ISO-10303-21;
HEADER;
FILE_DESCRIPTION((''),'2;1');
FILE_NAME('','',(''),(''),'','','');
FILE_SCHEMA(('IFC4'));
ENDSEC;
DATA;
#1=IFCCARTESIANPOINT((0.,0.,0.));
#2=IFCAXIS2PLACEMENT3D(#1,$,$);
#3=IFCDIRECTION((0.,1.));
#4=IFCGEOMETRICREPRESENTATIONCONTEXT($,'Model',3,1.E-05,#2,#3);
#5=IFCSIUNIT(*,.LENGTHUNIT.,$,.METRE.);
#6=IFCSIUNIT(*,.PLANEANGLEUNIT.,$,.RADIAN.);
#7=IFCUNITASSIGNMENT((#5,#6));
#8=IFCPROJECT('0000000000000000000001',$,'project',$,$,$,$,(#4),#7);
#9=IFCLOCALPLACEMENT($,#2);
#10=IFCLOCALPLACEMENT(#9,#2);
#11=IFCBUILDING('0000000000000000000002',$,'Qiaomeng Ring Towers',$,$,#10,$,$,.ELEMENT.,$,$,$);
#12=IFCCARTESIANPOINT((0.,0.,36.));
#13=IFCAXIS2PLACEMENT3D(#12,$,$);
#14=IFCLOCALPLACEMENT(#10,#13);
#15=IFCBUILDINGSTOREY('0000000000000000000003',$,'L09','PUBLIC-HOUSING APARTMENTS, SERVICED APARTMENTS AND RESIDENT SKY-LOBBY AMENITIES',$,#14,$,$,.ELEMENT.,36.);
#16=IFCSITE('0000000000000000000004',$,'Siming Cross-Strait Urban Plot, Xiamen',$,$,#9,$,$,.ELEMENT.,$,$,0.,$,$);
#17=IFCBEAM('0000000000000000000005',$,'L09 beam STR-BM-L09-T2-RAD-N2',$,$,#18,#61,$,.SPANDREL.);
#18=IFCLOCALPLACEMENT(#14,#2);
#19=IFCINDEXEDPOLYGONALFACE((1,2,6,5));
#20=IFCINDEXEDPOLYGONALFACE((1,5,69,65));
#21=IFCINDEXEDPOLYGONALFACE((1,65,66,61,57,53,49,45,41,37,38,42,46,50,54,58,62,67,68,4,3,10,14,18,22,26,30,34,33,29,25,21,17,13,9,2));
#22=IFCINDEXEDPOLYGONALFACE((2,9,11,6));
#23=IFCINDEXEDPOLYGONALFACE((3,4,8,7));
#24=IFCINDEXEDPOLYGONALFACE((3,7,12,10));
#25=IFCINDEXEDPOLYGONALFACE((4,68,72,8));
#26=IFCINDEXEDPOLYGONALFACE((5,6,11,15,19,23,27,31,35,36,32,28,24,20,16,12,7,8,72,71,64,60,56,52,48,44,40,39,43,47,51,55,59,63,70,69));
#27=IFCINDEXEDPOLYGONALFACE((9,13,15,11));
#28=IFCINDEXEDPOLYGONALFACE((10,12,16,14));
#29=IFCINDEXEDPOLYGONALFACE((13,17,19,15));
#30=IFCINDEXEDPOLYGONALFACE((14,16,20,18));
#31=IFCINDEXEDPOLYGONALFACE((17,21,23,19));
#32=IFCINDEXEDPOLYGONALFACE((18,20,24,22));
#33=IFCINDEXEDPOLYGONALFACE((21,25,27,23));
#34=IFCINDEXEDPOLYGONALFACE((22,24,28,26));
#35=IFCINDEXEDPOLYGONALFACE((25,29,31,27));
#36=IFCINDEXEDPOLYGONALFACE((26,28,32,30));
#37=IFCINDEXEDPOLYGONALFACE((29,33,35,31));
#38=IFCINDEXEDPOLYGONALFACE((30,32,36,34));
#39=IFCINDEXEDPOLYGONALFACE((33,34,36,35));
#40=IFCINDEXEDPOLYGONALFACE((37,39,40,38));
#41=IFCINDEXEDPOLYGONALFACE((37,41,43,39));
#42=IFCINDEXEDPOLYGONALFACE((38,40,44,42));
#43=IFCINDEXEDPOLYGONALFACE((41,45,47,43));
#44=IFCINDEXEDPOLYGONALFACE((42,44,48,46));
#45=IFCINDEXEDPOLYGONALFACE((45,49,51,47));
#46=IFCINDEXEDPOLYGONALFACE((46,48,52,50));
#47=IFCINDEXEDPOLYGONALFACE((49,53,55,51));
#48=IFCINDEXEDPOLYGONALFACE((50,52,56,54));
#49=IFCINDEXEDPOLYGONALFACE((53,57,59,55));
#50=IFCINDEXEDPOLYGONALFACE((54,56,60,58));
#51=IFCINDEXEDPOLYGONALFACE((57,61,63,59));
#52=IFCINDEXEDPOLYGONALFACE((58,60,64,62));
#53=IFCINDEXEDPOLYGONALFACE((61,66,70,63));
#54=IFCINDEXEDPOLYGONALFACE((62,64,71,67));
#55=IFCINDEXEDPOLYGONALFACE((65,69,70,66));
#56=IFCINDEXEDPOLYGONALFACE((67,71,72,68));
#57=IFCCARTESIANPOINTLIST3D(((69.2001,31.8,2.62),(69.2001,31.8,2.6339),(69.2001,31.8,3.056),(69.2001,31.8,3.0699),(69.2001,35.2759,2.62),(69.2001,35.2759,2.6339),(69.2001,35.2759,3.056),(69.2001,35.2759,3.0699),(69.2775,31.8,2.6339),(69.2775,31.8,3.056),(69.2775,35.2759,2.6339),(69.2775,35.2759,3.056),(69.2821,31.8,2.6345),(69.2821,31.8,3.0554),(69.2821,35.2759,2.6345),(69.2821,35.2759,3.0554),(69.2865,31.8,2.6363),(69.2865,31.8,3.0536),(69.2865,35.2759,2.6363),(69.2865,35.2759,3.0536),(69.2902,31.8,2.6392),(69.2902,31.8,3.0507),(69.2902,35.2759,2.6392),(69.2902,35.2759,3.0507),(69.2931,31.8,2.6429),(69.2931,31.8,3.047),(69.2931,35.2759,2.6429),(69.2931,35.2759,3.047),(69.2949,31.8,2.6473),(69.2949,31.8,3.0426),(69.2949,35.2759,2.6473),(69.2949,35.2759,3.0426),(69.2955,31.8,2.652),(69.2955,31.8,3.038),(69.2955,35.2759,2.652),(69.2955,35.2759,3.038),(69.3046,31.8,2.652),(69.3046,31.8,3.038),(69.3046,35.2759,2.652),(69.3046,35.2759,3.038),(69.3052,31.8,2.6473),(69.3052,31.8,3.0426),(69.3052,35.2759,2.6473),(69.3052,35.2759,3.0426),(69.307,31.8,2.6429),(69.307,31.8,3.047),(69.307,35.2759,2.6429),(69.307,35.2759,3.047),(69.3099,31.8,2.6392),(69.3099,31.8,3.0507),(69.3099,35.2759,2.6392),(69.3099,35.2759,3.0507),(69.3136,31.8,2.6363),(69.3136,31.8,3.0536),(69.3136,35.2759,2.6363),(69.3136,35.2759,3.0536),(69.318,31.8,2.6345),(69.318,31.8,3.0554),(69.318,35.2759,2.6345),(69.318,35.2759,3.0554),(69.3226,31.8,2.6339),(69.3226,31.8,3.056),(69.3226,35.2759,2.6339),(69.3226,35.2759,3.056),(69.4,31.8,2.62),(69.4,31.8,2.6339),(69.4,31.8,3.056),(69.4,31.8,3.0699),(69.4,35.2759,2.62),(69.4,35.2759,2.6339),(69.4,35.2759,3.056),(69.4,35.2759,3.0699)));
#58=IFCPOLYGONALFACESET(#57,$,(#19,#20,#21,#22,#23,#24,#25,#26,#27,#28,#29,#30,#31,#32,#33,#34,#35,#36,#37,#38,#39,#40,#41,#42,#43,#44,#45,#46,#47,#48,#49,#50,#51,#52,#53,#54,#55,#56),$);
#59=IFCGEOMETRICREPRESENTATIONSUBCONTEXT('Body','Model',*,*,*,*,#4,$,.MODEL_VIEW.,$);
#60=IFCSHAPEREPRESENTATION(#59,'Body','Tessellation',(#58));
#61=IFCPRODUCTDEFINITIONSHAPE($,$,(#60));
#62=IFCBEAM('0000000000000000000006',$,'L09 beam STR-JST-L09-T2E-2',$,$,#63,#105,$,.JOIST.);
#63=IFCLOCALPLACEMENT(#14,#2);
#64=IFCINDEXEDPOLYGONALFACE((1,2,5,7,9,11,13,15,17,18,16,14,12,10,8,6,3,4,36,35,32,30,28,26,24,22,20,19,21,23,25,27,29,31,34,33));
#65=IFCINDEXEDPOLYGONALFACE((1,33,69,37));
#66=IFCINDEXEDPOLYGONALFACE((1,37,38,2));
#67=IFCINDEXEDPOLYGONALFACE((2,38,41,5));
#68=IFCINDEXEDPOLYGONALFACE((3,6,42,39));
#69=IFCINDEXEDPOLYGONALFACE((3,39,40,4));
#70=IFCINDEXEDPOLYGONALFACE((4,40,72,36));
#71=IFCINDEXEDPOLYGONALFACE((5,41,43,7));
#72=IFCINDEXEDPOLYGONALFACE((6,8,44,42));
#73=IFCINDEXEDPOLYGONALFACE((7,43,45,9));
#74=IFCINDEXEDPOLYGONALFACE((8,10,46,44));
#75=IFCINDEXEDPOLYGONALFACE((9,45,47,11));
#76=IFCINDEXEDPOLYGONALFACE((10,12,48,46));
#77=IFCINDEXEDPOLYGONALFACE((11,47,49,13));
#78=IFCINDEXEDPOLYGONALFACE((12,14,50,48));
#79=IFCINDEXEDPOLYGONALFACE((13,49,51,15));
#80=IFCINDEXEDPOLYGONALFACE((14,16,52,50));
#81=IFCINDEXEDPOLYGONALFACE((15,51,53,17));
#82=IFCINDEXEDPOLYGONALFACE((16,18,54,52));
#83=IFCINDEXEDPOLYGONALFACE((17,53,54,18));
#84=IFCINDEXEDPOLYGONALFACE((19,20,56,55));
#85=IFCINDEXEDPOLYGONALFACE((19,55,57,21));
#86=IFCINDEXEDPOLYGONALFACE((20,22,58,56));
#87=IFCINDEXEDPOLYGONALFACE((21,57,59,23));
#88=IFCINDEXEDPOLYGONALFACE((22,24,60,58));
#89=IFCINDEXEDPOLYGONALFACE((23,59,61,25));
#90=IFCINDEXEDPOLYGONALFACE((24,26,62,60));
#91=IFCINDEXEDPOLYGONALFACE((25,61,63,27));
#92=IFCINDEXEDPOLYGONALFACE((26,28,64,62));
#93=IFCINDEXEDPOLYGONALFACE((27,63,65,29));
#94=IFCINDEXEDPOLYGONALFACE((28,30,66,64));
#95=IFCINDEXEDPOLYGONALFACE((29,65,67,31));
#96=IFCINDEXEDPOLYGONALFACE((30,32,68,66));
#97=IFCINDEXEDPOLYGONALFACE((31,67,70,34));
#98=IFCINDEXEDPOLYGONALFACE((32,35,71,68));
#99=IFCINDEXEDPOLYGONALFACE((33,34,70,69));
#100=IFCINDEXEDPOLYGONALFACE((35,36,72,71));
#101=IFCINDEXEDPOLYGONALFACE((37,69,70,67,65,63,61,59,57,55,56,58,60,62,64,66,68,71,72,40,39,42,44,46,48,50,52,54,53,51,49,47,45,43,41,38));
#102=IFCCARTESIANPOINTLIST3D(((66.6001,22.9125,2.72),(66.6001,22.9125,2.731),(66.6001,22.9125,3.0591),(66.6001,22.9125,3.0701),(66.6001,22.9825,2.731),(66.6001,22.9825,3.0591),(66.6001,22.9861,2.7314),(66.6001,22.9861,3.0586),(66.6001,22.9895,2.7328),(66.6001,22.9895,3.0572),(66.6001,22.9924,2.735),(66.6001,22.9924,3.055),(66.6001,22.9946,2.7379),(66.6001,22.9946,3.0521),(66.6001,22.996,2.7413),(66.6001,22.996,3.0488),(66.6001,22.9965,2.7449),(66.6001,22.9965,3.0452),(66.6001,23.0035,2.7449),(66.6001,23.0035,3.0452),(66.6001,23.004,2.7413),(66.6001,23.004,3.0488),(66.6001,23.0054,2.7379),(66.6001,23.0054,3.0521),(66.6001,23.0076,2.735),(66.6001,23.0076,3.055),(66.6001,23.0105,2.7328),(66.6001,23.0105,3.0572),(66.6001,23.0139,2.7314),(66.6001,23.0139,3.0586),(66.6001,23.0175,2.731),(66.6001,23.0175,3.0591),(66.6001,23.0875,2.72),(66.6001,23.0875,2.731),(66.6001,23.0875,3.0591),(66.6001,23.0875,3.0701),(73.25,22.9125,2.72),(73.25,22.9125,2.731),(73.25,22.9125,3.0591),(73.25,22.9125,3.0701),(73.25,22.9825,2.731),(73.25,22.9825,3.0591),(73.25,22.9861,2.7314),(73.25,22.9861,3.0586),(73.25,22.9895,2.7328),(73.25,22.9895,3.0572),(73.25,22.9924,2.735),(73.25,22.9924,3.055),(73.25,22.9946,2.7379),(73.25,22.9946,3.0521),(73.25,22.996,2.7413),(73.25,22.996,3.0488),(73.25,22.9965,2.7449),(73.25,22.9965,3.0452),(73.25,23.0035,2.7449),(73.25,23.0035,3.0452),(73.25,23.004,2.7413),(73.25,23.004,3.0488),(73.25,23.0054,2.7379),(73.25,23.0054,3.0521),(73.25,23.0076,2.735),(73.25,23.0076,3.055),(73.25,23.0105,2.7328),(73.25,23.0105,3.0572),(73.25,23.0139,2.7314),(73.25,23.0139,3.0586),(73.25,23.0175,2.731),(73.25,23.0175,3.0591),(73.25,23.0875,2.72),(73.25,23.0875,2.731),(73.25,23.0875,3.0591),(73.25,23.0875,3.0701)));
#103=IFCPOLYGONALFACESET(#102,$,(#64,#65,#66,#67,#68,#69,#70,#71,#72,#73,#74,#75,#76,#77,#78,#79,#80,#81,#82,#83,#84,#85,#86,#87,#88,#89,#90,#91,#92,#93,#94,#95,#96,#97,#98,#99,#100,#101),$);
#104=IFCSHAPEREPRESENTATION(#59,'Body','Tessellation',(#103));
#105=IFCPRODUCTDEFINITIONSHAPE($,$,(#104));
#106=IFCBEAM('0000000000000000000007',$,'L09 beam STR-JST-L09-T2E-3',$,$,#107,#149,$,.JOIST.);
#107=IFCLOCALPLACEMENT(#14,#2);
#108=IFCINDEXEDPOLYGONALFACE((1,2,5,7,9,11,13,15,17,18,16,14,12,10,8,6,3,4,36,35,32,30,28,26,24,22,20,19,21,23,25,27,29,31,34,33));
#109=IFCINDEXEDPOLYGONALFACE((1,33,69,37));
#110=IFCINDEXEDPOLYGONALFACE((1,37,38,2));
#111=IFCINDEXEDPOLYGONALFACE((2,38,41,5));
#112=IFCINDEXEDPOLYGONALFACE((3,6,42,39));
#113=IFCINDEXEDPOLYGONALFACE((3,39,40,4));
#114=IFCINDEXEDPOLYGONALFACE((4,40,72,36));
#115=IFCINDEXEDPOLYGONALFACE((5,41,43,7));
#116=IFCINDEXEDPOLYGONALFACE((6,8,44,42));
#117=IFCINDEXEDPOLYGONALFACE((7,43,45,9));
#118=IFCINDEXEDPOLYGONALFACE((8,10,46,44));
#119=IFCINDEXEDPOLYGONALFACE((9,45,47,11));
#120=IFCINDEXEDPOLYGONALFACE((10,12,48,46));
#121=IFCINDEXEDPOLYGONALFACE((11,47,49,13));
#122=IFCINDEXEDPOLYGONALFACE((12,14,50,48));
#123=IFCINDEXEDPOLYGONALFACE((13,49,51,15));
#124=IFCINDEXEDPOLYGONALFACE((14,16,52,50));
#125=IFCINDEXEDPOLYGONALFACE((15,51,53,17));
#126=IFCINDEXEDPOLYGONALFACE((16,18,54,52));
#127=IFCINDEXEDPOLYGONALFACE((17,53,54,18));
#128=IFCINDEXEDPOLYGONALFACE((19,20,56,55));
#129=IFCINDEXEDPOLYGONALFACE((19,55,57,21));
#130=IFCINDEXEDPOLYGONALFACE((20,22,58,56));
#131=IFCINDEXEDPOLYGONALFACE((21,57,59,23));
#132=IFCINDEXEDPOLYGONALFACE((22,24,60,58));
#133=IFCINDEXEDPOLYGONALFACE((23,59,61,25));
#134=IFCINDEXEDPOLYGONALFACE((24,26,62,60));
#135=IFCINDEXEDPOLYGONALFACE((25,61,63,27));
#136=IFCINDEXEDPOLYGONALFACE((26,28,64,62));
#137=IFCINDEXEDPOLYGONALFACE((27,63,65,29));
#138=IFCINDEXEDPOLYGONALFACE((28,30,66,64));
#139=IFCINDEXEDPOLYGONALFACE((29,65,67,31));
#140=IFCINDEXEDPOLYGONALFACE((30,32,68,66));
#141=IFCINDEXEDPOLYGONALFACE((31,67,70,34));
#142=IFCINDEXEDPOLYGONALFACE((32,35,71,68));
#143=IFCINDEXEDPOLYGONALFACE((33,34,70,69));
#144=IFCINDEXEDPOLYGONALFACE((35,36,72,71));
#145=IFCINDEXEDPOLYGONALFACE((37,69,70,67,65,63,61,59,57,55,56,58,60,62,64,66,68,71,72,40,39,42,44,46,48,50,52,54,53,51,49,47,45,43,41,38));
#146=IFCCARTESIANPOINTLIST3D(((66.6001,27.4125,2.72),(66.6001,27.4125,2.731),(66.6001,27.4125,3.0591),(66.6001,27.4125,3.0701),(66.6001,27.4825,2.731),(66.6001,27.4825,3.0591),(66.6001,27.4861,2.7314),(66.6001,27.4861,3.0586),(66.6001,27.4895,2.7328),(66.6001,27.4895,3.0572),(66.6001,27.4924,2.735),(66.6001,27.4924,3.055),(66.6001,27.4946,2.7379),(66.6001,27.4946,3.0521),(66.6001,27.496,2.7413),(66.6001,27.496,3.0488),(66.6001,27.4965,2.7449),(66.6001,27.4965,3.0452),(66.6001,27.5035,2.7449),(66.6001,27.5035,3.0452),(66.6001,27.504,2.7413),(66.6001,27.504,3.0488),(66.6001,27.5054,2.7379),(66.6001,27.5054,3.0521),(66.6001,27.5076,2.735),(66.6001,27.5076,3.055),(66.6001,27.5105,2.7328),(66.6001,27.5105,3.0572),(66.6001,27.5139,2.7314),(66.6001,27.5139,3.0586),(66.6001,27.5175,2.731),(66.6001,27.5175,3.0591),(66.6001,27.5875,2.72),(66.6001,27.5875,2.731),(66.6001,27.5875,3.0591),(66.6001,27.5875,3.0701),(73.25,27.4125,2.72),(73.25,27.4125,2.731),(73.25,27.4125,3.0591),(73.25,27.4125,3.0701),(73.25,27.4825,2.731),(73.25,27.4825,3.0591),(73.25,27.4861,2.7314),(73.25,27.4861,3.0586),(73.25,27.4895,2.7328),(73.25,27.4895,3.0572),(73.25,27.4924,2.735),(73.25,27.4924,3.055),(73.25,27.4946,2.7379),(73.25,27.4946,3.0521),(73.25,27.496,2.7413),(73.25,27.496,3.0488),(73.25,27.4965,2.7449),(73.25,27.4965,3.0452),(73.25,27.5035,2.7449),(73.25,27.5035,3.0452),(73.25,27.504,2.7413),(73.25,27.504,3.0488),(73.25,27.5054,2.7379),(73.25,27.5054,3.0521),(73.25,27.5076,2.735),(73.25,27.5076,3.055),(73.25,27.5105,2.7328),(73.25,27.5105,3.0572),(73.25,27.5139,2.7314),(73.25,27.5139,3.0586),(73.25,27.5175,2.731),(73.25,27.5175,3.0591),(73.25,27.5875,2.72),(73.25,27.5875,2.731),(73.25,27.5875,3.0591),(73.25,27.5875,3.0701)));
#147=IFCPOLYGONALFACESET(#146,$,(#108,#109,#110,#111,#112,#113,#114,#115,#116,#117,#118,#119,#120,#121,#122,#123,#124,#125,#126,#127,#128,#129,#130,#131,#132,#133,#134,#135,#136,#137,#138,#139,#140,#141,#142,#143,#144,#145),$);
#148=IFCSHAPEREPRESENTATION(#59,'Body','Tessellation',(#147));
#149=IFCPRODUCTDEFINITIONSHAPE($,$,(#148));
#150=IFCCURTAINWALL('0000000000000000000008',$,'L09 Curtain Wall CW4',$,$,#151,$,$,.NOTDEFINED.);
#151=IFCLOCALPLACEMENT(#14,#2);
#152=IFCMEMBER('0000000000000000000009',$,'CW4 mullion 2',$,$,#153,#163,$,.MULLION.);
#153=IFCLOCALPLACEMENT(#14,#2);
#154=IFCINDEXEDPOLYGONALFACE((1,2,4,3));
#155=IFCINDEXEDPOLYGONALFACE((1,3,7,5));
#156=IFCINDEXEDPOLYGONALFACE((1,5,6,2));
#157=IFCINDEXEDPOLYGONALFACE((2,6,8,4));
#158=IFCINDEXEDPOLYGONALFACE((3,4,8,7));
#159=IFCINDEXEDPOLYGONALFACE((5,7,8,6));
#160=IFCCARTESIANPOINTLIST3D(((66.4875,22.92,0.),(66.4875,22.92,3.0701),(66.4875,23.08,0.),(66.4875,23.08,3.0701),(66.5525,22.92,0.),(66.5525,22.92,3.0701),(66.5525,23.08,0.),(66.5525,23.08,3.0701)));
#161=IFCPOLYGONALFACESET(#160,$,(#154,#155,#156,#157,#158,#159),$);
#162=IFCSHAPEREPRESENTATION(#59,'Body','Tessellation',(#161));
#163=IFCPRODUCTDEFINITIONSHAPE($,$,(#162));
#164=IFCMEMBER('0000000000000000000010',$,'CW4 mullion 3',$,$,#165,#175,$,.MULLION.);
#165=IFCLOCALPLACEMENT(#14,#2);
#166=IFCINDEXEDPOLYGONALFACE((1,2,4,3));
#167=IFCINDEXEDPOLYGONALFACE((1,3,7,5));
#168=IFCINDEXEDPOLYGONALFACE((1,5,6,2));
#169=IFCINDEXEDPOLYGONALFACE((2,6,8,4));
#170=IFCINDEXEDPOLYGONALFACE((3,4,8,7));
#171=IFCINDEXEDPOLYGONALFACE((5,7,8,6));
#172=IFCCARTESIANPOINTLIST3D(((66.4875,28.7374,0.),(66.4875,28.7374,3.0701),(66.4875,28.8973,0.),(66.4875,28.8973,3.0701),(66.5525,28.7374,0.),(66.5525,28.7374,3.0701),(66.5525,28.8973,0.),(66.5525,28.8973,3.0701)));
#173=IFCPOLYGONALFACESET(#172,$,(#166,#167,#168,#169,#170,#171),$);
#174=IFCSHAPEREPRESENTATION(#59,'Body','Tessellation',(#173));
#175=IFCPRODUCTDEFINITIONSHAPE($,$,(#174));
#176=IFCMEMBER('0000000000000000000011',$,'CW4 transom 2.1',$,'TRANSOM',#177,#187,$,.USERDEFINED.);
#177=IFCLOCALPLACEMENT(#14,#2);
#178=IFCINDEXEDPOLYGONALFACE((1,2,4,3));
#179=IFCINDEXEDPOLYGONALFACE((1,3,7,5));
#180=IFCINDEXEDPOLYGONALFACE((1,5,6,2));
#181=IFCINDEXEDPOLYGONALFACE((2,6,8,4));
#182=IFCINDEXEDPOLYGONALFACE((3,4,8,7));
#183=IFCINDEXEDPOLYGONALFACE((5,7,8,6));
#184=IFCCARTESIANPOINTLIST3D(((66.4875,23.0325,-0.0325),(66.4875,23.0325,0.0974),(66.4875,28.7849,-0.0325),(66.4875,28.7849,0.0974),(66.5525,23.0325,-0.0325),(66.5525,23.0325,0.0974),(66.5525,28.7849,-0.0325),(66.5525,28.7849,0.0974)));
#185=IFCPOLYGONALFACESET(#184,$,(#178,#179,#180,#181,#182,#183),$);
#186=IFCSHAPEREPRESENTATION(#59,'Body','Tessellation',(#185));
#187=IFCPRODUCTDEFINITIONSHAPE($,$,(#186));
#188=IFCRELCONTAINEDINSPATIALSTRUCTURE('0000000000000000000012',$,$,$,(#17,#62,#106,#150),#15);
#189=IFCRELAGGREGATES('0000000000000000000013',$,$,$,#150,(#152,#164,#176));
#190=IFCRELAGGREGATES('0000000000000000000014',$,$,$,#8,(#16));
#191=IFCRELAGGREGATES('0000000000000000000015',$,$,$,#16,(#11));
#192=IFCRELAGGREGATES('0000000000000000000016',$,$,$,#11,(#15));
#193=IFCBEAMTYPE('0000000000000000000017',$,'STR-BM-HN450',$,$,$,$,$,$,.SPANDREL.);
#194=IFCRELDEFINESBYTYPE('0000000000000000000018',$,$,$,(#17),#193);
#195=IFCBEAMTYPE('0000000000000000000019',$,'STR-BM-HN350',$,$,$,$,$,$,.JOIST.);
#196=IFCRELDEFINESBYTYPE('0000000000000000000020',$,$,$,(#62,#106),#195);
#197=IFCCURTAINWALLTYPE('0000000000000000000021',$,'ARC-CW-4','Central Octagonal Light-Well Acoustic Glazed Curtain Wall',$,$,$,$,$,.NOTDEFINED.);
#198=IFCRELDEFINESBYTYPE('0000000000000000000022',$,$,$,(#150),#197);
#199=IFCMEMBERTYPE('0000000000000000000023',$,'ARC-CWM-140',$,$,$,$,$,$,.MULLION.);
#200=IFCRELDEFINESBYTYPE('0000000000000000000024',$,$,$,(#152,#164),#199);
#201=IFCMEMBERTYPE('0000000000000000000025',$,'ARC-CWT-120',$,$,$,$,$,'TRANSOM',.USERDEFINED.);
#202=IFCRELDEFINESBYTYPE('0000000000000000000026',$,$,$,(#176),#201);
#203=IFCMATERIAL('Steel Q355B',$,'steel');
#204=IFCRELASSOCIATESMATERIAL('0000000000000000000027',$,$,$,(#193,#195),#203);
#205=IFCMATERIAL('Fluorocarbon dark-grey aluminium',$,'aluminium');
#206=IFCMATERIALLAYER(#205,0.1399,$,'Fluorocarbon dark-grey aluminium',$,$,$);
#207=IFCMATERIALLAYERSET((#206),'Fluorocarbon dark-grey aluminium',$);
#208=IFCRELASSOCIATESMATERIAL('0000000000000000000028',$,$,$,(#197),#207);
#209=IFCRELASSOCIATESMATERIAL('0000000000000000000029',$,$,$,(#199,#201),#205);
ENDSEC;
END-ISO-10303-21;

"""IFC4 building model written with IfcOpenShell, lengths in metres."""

from ifc_helpers import new_model, si_unit, direction, frame, origin, origin_2d, place, context, subcontext, project, spatial, rectangle, i_section, extrude, source, transform, mapped, material, layer, layer_set, material_profile, profile_set, type_object, element, aggregate, save


model = new_model("IFC4")

# Units and contexts
model_context = context("Model", 3, precision=1e-05, world=origin(), true_north=direction((0.0, 1.0)))
body_context = subcontext(model_context, "Body", "Model", "MODEL_VIEW")
ifc_project = project(units=[si_unit("LENGTHUNIT", "METRE"), si_unit("PLANEANGLEUNIT", "RADIAN")], contexts=[model_context])

# Site, building, storey
site_placement = place(None, origin())
site = spatial("IfcSite", under=ifc_project, at=site_placement, Name="Siming Cross-Strait Urban Plot, Xiamen", CompositionType="ELEMENT", RefElevation=0.0)
building_placement = place(site_placement, origin())
building = spatial("IfcBuilding", under=site, at=building_placement, Name="Qiaomeng Ring Towers", CompositionType="ELEMENT")
storey_placement = place(building_placement, frame((0.0, 0.0, 36.0)))
storey = spatial("IfcBuildingStorey", under=building, at=storey_placement, Name="L09", Description="PUBLIC-HOUSING APARTMENTS, SERVICED APARTMENTS AND RESIDENT SKY-LOBBY AMENITIES", CompositionType="ELEMENT", Elevation=36.0)

# Beams
ifc_material_1 = material(Name="Steel Q355B", Category="steel")
ifc_material_profile_1 = material_profile(ifc_material_1, i_section(OverallWidth=0.2, OverallDepth=0.45, WebThickness=0.009, FlangeThickness=0.0139, FilletRadius=0.0181, at=origin_2d()), Name="HN 450x200x9x14")
ifc_profile_set_1 = profile_set([ifc_material_profile_1], Name="Steel Q355B")
beam_type_1 = type_object("IfcBeamType", Name="STR-BM-HN450", PredefinedType="SPANDREL", material=ifc_profile_set_1)
shared_shape_1 = source(origin(), body_context, "Body", "SweptSolid", [
    extrude(i_section(OverallWidth=0.2, OverallDepth=0.45, WebThickness=0.009, FlangeThickness=0.0139, FilletRadius=0.0181, at=origin_2d()), origin(), (0.0, 0.0, 1.0), 3.4758),
])
beam_1_placement = place(storey_placement, frame((69.3, 35.2759, 2.845), z_axis=(0.0, -1.0, 0.0), x_axis=(1.0, 0.0, 0.0)))
element("IfcBeam", 1, at=beam_1_placement, inside=storey, type_object=beam_type_1, Name="L09 beam STR-BM-L09-T2-RAD-N2", PredefinedType="SPANDREL", context=body_context, shape_type="MappedRepresentation", body=[
    mapped(shared_shape_1, transform((0.0, 0.0, 0.0), x_axis=(1.0, 0.0, 0.0), y_axis=(0.0, 1.0, 0.0), z_axis=(0.0, 0.0, 1.0), scale=1.0)),
])
ifc_material_profile_2 = material_profile(ifc_material_1, i_section(OverallWidth=0.175, OverallDepth=0.3501, WebThickness=0.0071, FlangeThickness=0.011, FilletRadius=0.0139, at=origin_2d()), Name="HN 350x175x7x11")
ifc_profile_set_2 = profile_set([ifc_material_profile_2], Name="Steel Q355B")
beam_type_2 = type_object("IfcBeamType", Name="STR-BM-HN350", PredefinedType="JOIST", material=ifc_profile_set_2)
shared_shape_2 = source(origin(), body_context, "Body", "SweptSolid", [
    extrude(i_section(OverallWidth=0.175, OverallDepth=0.3501, WebThickness=0.0071, FlangeThickness=0.011, FilletRadius=0.0139, at=origin_2d()), origin(), (0.0, 0.0, 1.0), 6.6499),
])
for number, where, z_axis, x_axis, name in (
    (2, (66.6001, 23.0, 2.895), (1.0, 0.0, 0.0), (0.0, 1.0, 0.0), "L09 beam STR-JST-L09-T2E-2"),
    (3, (66.6001, 27.5, 2.895), (1.0, 0.0, 0.0), (0.0, 1.0, 0.0), "L09 beam STR-JST-L09-T2E-3"),
):
    element("IfcBeam", number, at=place(storey_placement, frame(where, z_axis=z_axis, x_axis=x_axis)), inside=storey, type_object=beam_type_2, Name=name, PredefinedType="JOIST", context=body_context, shape_type="MappedRepresentation", body=[
        mapped(shared_shape_2, transform((0.0, 0.0, 0.0), x_axis=(1.0, 0.0, 0.0), y_axis=(0.0, 1.0, 0.0), z_axis=(0.0, 0.0, 1.0), scale=1.0)),
    ])

# Curtain wall, members
ifc_material_2 = material(Name="Fluorocarbon dark-grey aluminium", Category="aluminium")
ifc_layer_1 = layer(ifc_material_2, 0.1399, Name="Fluorocarbon dark-grey aluminium")
ifc_layer_set_1 = layer_set([ifc_layer_1], Name="Fluorocarbon dark-grey aluminium")
curtain_wall_type_1 = type_object("IfcCurtainWallType", Name="ARC-CW-4", Description="Central Octagonal Light-Well Acoustic Glazed Curtain Wall", PredefinedType="NOTDEFINED", material=ifc_layer_set_1)
curtain_wall_1_placement = place(storey_placement, origin())
curtain_wall_1 = element("IfcCurtainWall", 4, at=curtain_wall_1_placement, inside=storey, type_object=curtain_wall_type_1, Name="L09 Curtain Wall CW4", PredefinedType="NOTDEFINED")
ifc_material_profile_3 = material_profile(ifc_material_2, rectangle(XDim=0.0649, YDim=0.1599, at=origin_2d()), Name="ALU MULL 65x160")
ifc_profile_set_3 = profile_set([ifc_material_profile_3], Name="Fluorocarbon dark-grey aluminium")
member_type_1 = type_object("IfcMemberType", Name="ARC-CWM-140", PredefinedType="MULLION", material=ifc_profile_set_3)
shared_shape_3 = source(origin(), body_context, "Body", "SweptSolid", [
    extrude(rectangle(XDim=0.0649, YDim=0.1599, at=origin_2d()), origin(), (0.0, 0.0, 1.0), 3.0701),
])
member_1_placement = place(storey_placement, frame((66.52, 23.0, 0.0), z_axis=(0.0, 0.0, 1.0), x_axis=(-1.0, 0.0, 0.0)))
member_1 = element("IfcMember", 5, at=member_1_placement, type_object=member_type_1, Name="CW4 mullion 2", PredefinedType="MULLION", context=body_context, shape_type="MappedRepresentation", body=[
    mapped(shared_shape_3, transform((0.0, 0.0, 0.0), x_axis=(1.0, 0.0, 0.0), y_axis=(0.0, 1.0, 0.0), z_axis=(0.0, 0.0, 1.0), scale=1.0)),
])
member_2_placement = place(storey_placement, frame((66.52, 28.8174, 0.0), z_axis=(0.0, 0.0, 1.0), x_axis=(-1.0, 0.0, 0.0)))
member_2 = element("IfcMember", 6, at=member_2_placement, type_object=member_type_1, Name="CW4 mullion 3", PredefinedType="MULLION", context=body_context, shape_type="MappedRepresentation", body=[
    mapped(shared_shape_3, transform((0.0, 0.0, 0.0), x_axis=(1.0, 0.0, 0.0), y_axis=(0.0, 1.0, 0.0), z_axis=(0.0, 0.0, 1.0), scale=1.0)),
])
ifc_material_profile_4 = material_profile(ifc_material_2, rectangle(XDim=0.0649, YDim=0.1299, at=origin_2d()), Name="ALU TRAN 65x130")
ifc_profile_set_4 = profile_set([ifc_material_profile_4], Name="Fluorocarbon dark-grey aluminium")
member_type_2 = type_object("IfcMemberType", Name="ARC-CWT-120", ElementType="TRANSOM", PredefinedType="USERDEFINED", material=ifc_profile_set_4)
shared_shape_4 = source(origin(), body_context, "Body", "SweptSolid", [
    extrude(rectangle(XDim=0.0649, YDim=0.1299, at=origin_2d()), origin(), (0.0, 0.0, 1.0), 5.7524),
])
member_3_placement = place(storey_placement, frame((66.52, 23.0325, 0.0325), z_axis=(0.0, 1.0, 0.0), x_axis=(-1.0, 0.0, 0.0)))
member_3 = element("IfcMember", 7, at=member_3_placement, type_object=member_type_2, Name="CW4 transom 2.1", ObjectType="TRANSOM", PredefinedType="USERDEFINED", context=body_context, shape_type="MappedRepresentation", body=[
    mapped(shared_shape_4, transform((0.0, 0.0, 0.0), x_axis=(1.0, 0.0, 0.0), y_axis=(0.0, 1.0, 0.0), z_axis=(0.0, 0.0, 1.0), scale=1.0)),
])

aggregate(curtain_wall_1, [member_1, member_2, member_3])

save(model, "model.ifc")
